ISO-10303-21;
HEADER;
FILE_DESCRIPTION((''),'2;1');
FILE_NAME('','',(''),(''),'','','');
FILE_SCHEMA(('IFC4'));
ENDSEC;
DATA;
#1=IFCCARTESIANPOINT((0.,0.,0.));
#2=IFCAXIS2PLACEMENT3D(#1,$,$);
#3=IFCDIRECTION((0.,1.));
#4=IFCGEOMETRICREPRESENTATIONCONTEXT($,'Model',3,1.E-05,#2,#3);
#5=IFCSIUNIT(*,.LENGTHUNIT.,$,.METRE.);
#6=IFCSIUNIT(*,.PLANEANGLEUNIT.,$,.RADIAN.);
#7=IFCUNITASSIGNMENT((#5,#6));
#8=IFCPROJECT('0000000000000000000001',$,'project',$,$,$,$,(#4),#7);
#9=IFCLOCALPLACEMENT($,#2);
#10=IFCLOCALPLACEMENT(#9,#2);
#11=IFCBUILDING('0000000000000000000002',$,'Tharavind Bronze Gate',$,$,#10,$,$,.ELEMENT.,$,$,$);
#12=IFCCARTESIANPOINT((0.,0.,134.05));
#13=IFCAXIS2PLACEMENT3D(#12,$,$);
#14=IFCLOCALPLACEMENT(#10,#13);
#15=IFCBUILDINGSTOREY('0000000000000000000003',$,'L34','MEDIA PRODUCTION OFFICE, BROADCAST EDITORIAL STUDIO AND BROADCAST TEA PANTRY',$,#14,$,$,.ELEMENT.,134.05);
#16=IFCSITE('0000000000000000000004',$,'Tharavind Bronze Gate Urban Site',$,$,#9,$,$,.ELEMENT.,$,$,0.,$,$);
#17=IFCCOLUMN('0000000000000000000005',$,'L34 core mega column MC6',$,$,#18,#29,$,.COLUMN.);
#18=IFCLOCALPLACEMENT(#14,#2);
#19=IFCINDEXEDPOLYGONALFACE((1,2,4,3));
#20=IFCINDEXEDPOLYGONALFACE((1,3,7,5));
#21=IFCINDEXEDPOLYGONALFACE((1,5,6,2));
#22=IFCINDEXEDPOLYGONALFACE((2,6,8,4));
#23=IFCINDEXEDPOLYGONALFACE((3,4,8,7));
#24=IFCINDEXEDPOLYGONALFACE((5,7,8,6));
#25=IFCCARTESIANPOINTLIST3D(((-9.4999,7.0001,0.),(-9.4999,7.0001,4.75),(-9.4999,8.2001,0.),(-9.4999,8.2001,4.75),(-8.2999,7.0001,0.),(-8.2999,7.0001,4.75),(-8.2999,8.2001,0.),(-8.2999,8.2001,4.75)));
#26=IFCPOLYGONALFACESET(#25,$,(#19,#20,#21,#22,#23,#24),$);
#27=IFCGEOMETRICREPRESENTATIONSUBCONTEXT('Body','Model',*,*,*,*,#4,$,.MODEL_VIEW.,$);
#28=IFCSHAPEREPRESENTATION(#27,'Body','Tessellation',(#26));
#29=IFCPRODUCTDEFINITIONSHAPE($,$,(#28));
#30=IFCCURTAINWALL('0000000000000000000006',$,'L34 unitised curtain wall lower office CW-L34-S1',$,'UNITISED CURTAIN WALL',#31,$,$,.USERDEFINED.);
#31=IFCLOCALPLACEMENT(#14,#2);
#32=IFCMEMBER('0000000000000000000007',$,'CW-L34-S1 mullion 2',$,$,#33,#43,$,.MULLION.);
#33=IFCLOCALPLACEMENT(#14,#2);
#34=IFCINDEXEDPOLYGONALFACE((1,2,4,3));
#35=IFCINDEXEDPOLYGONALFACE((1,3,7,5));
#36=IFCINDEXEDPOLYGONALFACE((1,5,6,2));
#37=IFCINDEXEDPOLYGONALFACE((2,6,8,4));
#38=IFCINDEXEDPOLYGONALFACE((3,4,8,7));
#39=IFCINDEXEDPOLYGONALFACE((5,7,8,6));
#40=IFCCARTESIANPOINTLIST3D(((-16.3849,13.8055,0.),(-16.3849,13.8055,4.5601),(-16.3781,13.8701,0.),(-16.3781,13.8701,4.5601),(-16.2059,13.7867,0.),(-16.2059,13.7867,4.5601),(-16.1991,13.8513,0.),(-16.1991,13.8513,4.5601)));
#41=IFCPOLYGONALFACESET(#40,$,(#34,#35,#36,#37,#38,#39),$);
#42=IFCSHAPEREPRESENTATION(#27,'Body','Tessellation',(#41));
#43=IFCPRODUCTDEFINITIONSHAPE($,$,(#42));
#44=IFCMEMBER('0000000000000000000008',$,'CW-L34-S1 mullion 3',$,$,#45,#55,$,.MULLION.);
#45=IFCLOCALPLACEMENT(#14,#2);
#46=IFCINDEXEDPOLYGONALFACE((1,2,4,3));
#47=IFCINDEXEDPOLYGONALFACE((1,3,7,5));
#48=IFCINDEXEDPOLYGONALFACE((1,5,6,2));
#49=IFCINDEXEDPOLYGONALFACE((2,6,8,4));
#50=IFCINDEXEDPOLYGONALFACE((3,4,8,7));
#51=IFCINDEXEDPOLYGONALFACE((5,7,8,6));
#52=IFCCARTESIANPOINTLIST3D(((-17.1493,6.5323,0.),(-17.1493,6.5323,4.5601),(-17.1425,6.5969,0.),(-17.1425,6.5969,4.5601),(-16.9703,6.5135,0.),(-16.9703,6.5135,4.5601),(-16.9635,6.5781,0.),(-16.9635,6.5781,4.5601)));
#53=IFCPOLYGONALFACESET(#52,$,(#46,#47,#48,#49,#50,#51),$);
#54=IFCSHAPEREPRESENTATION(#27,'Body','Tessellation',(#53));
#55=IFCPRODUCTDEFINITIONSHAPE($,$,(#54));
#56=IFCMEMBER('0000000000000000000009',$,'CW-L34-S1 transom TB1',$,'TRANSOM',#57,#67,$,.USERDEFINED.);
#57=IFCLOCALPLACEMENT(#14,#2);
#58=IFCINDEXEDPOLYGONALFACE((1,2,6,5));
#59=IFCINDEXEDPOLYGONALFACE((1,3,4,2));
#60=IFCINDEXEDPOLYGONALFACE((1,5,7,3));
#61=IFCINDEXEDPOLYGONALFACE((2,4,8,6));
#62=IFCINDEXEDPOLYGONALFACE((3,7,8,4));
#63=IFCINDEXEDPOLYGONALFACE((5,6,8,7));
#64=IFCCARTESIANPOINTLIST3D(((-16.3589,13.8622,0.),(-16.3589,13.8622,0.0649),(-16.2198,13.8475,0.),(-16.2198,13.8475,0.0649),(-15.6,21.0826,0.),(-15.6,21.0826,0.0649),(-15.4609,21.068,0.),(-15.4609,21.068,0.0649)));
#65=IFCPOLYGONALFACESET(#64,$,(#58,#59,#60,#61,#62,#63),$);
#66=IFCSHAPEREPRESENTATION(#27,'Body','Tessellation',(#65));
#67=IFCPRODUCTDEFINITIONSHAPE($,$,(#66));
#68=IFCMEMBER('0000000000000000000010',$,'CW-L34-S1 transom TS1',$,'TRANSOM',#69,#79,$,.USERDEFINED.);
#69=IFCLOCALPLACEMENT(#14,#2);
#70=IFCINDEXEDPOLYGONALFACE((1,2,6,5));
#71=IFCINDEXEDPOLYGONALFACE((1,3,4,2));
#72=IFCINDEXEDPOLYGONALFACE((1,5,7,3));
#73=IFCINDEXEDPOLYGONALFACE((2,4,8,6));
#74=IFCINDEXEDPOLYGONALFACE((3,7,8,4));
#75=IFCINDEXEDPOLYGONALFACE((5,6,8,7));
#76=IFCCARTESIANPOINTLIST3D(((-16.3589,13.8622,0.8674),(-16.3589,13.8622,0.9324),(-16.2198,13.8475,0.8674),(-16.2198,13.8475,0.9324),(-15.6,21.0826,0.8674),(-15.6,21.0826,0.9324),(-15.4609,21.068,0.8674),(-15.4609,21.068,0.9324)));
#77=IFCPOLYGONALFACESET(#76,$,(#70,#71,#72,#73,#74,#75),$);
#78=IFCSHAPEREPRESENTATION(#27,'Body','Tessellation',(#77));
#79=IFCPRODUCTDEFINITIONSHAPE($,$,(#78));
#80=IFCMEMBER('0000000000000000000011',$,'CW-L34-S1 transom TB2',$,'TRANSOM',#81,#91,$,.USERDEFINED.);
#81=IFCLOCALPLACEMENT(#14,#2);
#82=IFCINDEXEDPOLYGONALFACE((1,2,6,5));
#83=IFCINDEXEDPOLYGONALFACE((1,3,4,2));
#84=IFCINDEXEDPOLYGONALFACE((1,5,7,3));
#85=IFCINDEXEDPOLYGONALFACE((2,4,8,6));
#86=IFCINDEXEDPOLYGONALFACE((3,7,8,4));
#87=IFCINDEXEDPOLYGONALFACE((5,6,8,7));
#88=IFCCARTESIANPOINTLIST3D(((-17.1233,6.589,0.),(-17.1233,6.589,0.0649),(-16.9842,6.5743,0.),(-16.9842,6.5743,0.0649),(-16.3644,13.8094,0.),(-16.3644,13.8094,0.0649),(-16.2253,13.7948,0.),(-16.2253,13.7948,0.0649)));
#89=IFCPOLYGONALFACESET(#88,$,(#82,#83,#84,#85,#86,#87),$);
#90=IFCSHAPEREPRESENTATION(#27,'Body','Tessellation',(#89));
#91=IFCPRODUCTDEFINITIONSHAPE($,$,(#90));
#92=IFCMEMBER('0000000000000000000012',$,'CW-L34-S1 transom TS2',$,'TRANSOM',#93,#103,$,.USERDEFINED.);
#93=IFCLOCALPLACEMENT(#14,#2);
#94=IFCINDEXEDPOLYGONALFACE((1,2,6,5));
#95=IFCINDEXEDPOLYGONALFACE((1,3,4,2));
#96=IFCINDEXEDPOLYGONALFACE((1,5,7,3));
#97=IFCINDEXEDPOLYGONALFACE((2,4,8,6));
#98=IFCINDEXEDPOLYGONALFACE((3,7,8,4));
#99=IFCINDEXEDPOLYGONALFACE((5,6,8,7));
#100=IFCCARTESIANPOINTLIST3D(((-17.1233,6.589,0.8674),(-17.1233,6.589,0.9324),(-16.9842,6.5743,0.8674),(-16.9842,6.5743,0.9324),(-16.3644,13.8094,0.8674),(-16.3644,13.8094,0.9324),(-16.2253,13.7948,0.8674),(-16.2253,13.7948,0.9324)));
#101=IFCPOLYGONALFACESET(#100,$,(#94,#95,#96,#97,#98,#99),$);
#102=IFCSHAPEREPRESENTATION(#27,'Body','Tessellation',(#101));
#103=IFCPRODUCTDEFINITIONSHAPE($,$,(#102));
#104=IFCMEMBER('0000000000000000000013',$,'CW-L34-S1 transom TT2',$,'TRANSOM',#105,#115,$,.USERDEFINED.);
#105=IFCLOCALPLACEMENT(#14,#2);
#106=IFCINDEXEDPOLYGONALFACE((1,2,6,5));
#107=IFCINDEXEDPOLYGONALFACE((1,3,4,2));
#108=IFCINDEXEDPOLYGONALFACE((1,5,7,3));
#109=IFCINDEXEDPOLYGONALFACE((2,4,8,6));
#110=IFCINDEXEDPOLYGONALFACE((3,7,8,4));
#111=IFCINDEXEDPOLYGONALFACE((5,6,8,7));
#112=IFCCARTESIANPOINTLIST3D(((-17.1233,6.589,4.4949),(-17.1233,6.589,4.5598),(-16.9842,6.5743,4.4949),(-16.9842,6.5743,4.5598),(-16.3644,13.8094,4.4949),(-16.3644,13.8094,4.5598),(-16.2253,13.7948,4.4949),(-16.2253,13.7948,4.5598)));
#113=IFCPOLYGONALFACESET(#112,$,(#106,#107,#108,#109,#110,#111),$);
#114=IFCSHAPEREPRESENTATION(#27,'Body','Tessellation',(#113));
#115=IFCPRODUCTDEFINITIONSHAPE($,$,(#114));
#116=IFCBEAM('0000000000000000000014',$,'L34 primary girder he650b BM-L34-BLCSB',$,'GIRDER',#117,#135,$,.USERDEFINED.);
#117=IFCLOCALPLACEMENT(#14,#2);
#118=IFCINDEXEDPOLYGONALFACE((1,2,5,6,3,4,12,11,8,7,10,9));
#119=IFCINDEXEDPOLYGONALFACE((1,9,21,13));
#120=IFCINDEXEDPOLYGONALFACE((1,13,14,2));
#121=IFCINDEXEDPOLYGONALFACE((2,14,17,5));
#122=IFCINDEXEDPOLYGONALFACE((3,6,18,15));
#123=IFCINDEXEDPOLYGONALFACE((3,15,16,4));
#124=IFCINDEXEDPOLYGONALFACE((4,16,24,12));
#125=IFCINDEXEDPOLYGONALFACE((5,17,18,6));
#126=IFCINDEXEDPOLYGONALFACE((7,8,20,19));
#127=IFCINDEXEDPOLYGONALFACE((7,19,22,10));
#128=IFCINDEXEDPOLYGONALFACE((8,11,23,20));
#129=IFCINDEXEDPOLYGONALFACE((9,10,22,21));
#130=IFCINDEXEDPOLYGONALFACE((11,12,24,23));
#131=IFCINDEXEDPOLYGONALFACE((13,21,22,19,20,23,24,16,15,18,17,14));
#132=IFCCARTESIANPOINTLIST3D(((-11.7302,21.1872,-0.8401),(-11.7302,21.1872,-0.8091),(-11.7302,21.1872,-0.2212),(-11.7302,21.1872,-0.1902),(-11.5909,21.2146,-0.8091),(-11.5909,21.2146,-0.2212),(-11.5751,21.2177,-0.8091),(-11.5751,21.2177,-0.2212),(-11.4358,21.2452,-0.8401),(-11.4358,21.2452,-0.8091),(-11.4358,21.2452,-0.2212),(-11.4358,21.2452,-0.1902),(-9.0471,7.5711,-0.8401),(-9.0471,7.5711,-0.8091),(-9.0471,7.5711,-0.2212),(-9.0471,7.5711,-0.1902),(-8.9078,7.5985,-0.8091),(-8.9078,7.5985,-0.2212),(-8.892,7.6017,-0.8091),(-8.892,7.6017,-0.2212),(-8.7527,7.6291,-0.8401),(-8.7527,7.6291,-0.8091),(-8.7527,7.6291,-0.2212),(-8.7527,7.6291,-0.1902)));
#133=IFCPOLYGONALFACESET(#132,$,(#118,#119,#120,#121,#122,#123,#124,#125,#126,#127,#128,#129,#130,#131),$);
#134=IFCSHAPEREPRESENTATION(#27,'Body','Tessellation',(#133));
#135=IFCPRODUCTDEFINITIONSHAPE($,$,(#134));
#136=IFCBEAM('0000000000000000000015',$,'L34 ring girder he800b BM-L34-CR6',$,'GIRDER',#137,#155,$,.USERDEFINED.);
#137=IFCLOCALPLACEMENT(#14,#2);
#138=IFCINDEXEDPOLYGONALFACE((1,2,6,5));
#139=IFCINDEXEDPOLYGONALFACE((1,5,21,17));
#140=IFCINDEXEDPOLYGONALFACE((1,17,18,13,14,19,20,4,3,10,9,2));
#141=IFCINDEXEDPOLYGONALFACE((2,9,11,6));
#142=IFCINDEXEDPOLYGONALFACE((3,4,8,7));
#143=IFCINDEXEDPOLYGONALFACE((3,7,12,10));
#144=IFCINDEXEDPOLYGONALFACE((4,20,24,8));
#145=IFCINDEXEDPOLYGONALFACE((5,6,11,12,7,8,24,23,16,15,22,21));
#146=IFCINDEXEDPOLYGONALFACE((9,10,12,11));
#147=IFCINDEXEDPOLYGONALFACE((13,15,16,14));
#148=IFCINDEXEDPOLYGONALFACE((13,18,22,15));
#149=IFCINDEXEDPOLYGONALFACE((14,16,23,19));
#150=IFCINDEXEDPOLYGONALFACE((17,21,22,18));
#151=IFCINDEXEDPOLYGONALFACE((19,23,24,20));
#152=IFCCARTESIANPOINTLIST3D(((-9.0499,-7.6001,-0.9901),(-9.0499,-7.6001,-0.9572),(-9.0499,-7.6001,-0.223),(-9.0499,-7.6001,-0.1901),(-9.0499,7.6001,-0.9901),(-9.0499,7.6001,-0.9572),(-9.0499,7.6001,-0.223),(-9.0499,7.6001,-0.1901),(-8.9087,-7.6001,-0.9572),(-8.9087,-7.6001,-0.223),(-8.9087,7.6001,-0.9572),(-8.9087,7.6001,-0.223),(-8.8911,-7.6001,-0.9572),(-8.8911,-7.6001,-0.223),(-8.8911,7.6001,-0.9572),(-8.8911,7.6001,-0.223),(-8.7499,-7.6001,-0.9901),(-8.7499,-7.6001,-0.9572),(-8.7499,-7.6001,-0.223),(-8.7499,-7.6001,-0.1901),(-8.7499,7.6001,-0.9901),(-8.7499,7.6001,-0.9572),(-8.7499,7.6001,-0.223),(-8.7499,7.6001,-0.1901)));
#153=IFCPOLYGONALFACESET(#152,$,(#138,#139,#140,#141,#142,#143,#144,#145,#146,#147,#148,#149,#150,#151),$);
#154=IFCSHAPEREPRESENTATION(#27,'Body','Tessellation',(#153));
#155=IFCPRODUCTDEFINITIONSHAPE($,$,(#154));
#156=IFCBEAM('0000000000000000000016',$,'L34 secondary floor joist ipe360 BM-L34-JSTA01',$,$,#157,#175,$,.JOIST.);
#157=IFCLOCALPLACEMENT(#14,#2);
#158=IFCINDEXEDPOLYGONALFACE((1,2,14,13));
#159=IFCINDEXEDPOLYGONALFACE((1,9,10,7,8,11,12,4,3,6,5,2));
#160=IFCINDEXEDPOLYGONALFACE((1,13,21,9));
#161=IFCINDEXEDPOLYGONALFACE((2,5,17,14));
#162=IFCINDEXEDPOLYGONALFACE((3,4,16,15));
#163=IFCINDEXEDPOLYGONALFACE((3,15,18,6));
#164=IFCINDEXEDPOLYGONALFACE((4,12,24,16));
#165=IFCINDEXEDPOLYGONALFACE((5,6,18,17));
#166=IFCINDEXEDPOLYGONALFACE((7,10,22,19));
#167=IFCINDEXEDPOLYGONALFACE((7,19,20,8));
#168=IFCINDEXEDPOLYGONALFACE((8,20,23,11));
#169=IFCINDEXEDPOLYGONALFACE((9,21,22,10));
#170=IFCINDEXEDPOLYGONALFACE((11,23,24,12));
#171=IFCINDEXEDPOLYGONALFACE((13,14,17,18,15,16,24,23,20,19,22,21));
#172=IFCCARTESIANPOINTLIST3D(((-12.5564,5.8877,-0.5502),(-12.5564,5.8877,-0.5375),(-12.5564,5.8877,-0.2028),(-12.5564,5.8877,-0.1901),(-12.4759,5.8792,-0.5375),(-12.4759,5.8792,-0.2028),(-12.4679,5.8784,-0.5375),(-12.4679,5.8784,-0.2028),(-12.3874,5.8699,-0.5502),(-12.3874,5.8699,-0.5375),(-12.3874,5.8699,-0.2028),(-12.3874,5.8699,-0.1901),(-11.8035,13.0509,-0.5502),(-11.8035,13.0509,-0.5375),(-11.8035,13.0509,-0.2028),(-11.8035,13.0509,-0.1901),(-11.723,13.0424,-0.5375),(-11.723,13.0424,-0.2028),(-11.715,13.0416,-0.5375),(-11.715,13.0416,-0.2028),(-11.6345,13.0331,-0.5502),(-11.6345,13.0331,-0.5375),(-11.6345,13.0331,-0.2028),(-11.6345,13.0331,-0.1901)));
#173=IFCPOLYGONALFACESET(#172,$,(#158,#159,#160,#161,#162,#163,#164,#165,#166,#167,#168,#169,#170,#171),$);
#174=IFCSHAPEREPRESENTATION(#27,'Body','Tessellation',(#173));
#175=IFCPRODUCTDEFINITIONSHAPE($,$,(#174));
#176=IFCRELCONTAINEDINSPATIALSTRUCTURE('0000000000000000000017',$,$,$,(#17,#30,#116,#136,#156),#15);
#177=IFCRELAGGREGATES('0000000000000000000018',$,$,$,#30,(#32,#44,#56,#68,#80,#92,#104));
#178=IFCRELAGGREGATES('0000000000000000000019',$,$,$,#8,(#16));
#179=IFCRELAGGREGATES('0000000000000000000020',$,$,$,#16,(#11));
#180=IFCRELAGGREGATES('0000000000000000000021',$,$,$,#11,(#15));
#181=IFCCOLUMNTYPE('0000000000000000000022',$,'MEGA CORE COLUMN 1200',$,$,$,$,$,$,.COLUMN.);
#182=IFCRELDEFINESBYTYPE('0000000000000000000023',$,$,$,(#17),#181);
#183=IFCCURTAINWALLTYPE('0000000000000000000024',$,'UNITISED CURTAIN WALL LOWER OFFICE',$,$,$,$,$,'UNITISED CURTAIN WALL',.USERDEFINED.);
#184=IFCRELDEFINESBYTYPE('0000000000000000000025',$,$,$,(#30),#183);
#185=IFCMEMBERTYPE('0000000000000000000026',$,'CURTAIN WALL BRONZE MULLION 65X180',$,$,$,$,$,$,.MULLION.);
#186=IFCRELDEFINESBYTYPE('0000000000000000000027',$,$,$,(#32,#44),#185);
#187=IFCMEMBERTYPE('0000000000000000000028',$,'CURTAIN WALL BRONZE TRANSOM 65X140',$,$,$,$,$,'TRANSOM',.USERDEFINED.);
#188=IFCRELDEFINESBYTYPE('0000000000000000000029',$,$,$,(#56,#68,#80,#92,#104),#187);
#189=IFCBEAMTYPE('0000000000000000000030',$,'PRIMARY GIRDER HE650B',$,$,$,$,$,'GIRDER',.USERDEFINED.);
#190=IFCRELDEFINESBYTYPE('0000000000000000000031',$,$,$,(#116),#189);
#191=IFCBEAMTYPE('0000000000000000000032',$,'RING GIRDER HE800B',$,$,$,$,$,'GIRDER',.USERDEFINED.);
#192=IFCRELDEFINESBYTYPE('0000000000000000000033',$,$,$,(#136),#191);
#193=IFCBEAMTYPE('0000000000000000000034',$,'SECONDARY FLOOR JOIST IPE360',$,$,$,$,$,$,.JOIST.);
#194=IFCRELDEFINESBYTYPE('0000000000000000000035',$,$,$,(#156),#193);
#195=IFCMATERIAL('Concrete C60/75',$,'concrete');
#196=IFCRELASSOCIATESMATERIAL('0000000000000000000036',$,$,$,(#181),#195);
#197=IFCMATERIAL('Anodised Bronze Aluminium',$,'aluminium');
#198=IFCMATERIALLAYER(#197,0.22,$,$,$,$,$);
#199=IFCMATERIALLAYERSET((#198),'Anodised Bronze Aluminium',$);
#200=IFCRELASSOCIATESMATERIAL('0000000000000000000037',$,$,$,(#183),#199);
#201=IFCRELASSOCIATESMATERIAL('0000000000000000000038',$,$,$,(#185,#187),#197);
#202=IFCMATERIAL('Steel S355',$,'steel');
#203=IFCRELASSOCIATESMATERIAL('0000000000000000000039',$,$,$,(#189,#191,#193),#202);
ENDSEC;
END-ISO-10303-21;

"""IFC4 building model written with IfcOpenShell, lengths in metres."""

from ifc_helpers import new_model, si_unit, direction, frame, origin, origin_2d, place, context, subcontext, project, spatial, rectangle, i_section, extrude, material, layer, layer_set, material_profile, profile_set, type_object, element, aggregate, save


model = new_model("IFC4")

# Units and contexts
model_context = context("Model", 3, precision=1e-05, world=origin(), true_north=direction((0.0, 1.0)))
body_context = subcontext(model_context, "Body", "Model", "MODEL_VIEW")
ifc_project = project(units=[si_unit("LENGTHUNIT", "METRE"), si_unit("PLANEANGLEUNIT", "RADIAN")], contexts=[model_context])

# Site, building, storey
site_placement = place(None, origin())
site = spatial("IfcSite", under=ifc_project, at=site_placement, Name="Tharavind Bronze Gate Urban Site", CompositionType="ELEMENT", RefElevation=0.0)
building_placement = place(site_placement, origin())
building = spatial("IfcBuilding", under=site, at=building_placement, Name="Tharavind Bronze Gate", CompositionType="ELEMENT")
storey_placement = place(building_placement, frame((0.0, 0.0, 134.05)))
storey = spatial("IfcBuildingStorey", under=building, at=storey_placement, Name="L34", Description="MEDIA PRODUCTION OFFICE, BROADCAST EDITORIAL STUDIO AND BROADCAST TEA PANTRY", CompositionType="ELEMENT", Elevation=134.05)

# Column
ifc_material_1 = material(Name="Concrete C60/75", Category="concrete")
ifc_material_profile_1 = material_profile(ifc_material_1, rectangle(XDim=1.2, YDim=1.2, at=origin_2d()), Name="RCCOL1200")
ifc_profile_set_1 = profile_set([ifc_material_profile_1], Name="Concrete C60/75")
column_type = type_object("IfcColumnType", Name="MEGA CORE COLUMN 1200", PredefinedType="COLUMN", material=ifc_profile_set_1)
column_placement = place(storey_placement, frame((-8.8999, 7.6001, 0.0), z_axis=(0.0, 0.0, 1.0), x_axis=(1.0, 0.0, 0.0)))
element("IfcColumn", 1, at=column_placement, inside=storey, type_object=column_type, Name="L34 core mega column MC6", PredefinedType="COLUMN", context=body_context, shape_type="SweptSolid", body=[
    extrude(rectangle(XDim=1.2, YDim=1.2, at=origin_2d()), origin(), (0.0, 0.0, 1.0), 4.75),
])

# Curtain wall, members
ifc_material_2 = material(Name="Anodised Bronze Aluminium", Category="aluminium")
ifc_layer_1 = layer(ifc_material_2, 0.22)
ifc_layer_set_1 = layer_set([ifc_layer_1], Name="Anodised Bronze Aluminium")
curtain_wall_type = type_object("IfcCurtainWallType", Name="UNITISED CURTAIN WALL LOWER OFFICE", ElementType="UNITISED CURTAIN WALL", PredefinedType="USERDEFINED", material=ifc_layer_set_1)
curtain_wall_placement = place(storey_placement, origin())
curtain_wall = element("IfcCurtainWall", 2, at=curtain_wall_placement, inside=storey, type_object=curtain_wall_type, Name="L34 unitised curtain wall lower office CW-L34-S1", ObjectType="UNITISED CURTAIN WALL", PredefinedType="USERDEFINED")
member_type_1 = type_object("IfcMemberType", Name="CURTAIN WALL BRONZE MULLION 65X180", PredefinedType="MULLION", material=ifc_material_2)
member_1_placement = place(storey_placement, frame((-16.292, 13.8284, 0.0), z_axis=(0.0, 0.0, 1.0), x_axis=(-0.104527, -0.994522, 0.0)))
member_1 = element("IfcMember", 3, at=member_1_placement, type_object=member_type_1, Name="CW-L34-S1 mullion 2", PredefinedType="MULLION", context=body_context, shape_type="SweptSolid", body=[
    extrude(rectangle(XDim=0.0649, YDim=0.1799, at=origin_2d()), origin(), (0.0, 0.0, 1.0), 4.5601),
])
member_2_placement = place(storey_placement, frame((-17.0564, 6.5552, 0.0), z_axis=(0.0, 0.0, 1.0), x_axis=(-0.104527, -0.994522, 0.0)))
member_2 = element("IfcMember", 4, at=member_2_placement, type_object=member_type_1, Name="CW-L34-S1 mullion 3", PredefinedType="MULLION", context=body_context, shape_type="SweptSolid", body=[
    extrude(rectangle(XDim=0.0649, YDim=0.1799, at=origin_2d()), origin(), (0.0, 0.0, 1.0), 4.5601),
])
member_type_2 = type_object("IfcMemberType", Name="CURTAIN WALL BRONZE TRANSOM 65X140", ElementType="TRANSOM", PredefinedType="USERDEFINED", material=ifc_material_2)
member_3_placement = place(storey_placement, frame((-15.9099, 17.4651, 0.0), z_axis=(0.0, 0.0, 1.0), x_axis=(-0.104527, -0.994522, 0.0)))
member_3 = element("IfcMember", 5, at=member_3_placement, type_object=member_type_2, Name="CW-L34-S1 transom TB1", ObjectType="TRANSOM", PredefinedType="USERDEFINED", context=body_context, shape_type="SweptSolid", body=[
    extrude(rectangle(XDim=7.2603, YDim=0.1399, at=origin_2d()), origin(), (0.0, 0.0, 1.0), 0.0649),
])
member_4_placement = place(storey_placement, frame((-15.9099, 17.4651, 0.8674), z_axis=(0.0, 0.0, 1.0), x_axis=(-0.104527, -0.994522, 0.0)))
member_4 = element("IfcMember", 6, at=member_4_placement, type_object=member_type_2, Name="CW-L34-S1 transom TS1", ObjectType="TRANSOM", PredefinedType="USERDEFINED", context=body_context, shape_type="SweptSolid", body=[
    extrude(rectangle(XDim=7.2603, YDim=0.1399, at=origin_2d()), origin(), (0.0, 0.0, 1.0), 0.0649),
])
member_5_placement = place(storey_placement, frame((-16.6743, 10.1919, 0.0), z_axis=(0.0, 0.0, 1.0), x_axis=(-0.104527, -0.994522, 0.0)))
member_5 = element("IfcMember", 7, at=member_5_placement, type_object=member_type_2, Name="CW-L34-S1 transom TB2", ObjectType="TRANSOM", PredefinedType="USERDEFINED", context=body_context, shape_type="SweptSolid", body=[
    extrude(rectangle(XDim=7.2603, YDim=0.1399, at=origin_2d()), origin(), (0.0, 0.0, 1.0), 0.0649),
])
member_6_placement = place(storey_placement, frame((-16.6743, 10.1919, 0.8674), z_axis=(0.0, 0.0, 1.0), x_axis=(-0.104527, -0.994522, 0.0)))
member_6 = element("IfcMember", 8, at=member_6_placement, type_object=member_type_2, Name="CW-L34-S1 transom TS2", ObjectType="TRANSOM", PredefinedType="USERDEFINED", context=body_context, shape_type="SweptSolid", body=[
    extrude(rectangle(XDim=7.2603, YDim=0.1399, at=origin_2d()), origin(), (0.0, 0.0, 1.0), 0.0649),
])
member_7_placement = place(storey_placement, frame((-16.6743, 10.1919, 4.4949), z_axis=(0.0, 0.0, 1.0), x_axis=(-0.104527, -0.994522, 0.0)))
member_7 = element("IfcMember", 9, at=member_7_placement, type_object=member_type_2, Name="CW-L34-S1 transom TT2", ObjectType="TRANSOM", PredefinedType="USERDEFINED", context=body_context, shape_type="SweptSolid", body=[
    extrude(rectangle(XDim=7.2603, YDim=0.1399, at=origin_2d()), origin(), (0.0, 0.0, 1.0), 0.0649),
])

# Beams
ifc_material_3 = material(Name="Steel S355", Category="steel")
ifc_material_profile_2 = material_profile(ifc_material_3, i_section(OverallWidth=0.3, OverallDepth=0.6499, WebThickness=0.0161, FlangeThickness=0.031, at=origin_2d()), Name="HE650B")
ifc_profile_set_2 = profile_set([ifc_material_profile_2], Name="Steel S355")
beam_type_1 = type_object("IfcBeamType", Name="PRIMARY GIRDER HE650B", ElementType="GIRDER", PredefinedType="USERDEFINED", material=ifc_profile_set_2)
beam_1_placement = place(storey_placement, frame((-8.8999, 7.6001, -0.5151), z_axis=(-0.193338, 0.981132, 0.0), x_axis=(-0.981132, -0.193338, 0.0)))
element("IfcBeam", 10, at=beam_1_placement, inside=storey, type_object=beam_type_1, Name="L34 primary girder he650b BM-L34-BLCSB", ObjectType="GIRDER", PredefinedType="USERDEFINED", context=body_context, shape_type="SweptSolid", body=[
    extrude(i_section(OverallWidth=0.3, OverallDepth=0.6499, WebThickness=0.0161, FlangeThickness=0.031, at=origin_2d()), origin(), (0.0, 0.0, 1.0), 13.8779),
])
ifc_material_profile_3 = material_profile(ifc_material_3, i_section(OverallWidth=0.3, OverallDepth=0.8, WebThickness=0.0176, FlangeThickness=0.033, at=origin_2d()), Name="HE800B")
ifc_profile_set_3 = profile_set([ifc_material_profile_3], Name="Steel S355")
beam_type_2 = type_object("IfcBeamType", Name="RING GIRDER HE800B", ElementType="GIRDER", PredefinedType="USERDEFINED", material=ifc_profile_set_3)
beam_2_placement = place(storey_placement, frame((-8.8999, 7.6001, -0.5901), z_axis=(0.0, -1.0, 0.0), x_axis=(1.0, 0.0, 0.0)))
element("IfcBeam", 11, at=beam_2_placement, inside=storey, type_object=beam_type_2, Name="L34 ring girder he800b BM-L34-CR6", ObjectType="GIRDER", PredefinedType="USERDEFINED", context=body_context, shape_type="SweptSolid", body=[
    extrude(i_section(OverallWidth=0.3, OverallDepth=0.8, WebThickness=0.0176, FlangeThickness=0.033, at=origin_2d()), origin(), (0.0, 0.0, 1.0), 15.2002),
])
ifc_material_profile_4 = material_profile(ifc_material_3, i_section(OverallWidth=0.1699, OverallDepth=0.3601, WebThickness=0.0081, FlangeThickness=0.0127, at=origin_2d()), Name="IPE360")
ifc_profile_set_4 = profile_set([ifc_material_profile_4], Name="Steel S355")
beam_type_3 = type_object("IfcBeamType", Name="SECONDARY FLOOR JOIST IPE360", PredefinedType="JOIST", material=ifc_profile_set_4)
beam_3_placement = place(storey_placement, frame((-11.719, 13.042, -0.3701), z_axis=(-0.104537, -0.994521, 0.0), x_axis=(0.994521, -0.104537, 0.0)))
element("IfcBeam", 12, at=beam_3_placement, inside=storey, type_object=beam_type_3, Name="L34 secondary floor joist ipe360 BM-L34-JSTA01", PredefinedType="JOIST", context=body_context, shape_type="SweptSolid", body=[
    extrude(i_section(OverallWidth=0.1699, OverallDepth=0.3601, WebThickness=0.0081, FlangeThickness=0.0127, at=origin_2d()), origin(), (0.0, 0.0, 1.0), 7.2026),
])

aggregate(curtain_wall, [member_1, member_2, member_3, member_4, member_5, member_6, member_7])

save(model, "model.ifc")
